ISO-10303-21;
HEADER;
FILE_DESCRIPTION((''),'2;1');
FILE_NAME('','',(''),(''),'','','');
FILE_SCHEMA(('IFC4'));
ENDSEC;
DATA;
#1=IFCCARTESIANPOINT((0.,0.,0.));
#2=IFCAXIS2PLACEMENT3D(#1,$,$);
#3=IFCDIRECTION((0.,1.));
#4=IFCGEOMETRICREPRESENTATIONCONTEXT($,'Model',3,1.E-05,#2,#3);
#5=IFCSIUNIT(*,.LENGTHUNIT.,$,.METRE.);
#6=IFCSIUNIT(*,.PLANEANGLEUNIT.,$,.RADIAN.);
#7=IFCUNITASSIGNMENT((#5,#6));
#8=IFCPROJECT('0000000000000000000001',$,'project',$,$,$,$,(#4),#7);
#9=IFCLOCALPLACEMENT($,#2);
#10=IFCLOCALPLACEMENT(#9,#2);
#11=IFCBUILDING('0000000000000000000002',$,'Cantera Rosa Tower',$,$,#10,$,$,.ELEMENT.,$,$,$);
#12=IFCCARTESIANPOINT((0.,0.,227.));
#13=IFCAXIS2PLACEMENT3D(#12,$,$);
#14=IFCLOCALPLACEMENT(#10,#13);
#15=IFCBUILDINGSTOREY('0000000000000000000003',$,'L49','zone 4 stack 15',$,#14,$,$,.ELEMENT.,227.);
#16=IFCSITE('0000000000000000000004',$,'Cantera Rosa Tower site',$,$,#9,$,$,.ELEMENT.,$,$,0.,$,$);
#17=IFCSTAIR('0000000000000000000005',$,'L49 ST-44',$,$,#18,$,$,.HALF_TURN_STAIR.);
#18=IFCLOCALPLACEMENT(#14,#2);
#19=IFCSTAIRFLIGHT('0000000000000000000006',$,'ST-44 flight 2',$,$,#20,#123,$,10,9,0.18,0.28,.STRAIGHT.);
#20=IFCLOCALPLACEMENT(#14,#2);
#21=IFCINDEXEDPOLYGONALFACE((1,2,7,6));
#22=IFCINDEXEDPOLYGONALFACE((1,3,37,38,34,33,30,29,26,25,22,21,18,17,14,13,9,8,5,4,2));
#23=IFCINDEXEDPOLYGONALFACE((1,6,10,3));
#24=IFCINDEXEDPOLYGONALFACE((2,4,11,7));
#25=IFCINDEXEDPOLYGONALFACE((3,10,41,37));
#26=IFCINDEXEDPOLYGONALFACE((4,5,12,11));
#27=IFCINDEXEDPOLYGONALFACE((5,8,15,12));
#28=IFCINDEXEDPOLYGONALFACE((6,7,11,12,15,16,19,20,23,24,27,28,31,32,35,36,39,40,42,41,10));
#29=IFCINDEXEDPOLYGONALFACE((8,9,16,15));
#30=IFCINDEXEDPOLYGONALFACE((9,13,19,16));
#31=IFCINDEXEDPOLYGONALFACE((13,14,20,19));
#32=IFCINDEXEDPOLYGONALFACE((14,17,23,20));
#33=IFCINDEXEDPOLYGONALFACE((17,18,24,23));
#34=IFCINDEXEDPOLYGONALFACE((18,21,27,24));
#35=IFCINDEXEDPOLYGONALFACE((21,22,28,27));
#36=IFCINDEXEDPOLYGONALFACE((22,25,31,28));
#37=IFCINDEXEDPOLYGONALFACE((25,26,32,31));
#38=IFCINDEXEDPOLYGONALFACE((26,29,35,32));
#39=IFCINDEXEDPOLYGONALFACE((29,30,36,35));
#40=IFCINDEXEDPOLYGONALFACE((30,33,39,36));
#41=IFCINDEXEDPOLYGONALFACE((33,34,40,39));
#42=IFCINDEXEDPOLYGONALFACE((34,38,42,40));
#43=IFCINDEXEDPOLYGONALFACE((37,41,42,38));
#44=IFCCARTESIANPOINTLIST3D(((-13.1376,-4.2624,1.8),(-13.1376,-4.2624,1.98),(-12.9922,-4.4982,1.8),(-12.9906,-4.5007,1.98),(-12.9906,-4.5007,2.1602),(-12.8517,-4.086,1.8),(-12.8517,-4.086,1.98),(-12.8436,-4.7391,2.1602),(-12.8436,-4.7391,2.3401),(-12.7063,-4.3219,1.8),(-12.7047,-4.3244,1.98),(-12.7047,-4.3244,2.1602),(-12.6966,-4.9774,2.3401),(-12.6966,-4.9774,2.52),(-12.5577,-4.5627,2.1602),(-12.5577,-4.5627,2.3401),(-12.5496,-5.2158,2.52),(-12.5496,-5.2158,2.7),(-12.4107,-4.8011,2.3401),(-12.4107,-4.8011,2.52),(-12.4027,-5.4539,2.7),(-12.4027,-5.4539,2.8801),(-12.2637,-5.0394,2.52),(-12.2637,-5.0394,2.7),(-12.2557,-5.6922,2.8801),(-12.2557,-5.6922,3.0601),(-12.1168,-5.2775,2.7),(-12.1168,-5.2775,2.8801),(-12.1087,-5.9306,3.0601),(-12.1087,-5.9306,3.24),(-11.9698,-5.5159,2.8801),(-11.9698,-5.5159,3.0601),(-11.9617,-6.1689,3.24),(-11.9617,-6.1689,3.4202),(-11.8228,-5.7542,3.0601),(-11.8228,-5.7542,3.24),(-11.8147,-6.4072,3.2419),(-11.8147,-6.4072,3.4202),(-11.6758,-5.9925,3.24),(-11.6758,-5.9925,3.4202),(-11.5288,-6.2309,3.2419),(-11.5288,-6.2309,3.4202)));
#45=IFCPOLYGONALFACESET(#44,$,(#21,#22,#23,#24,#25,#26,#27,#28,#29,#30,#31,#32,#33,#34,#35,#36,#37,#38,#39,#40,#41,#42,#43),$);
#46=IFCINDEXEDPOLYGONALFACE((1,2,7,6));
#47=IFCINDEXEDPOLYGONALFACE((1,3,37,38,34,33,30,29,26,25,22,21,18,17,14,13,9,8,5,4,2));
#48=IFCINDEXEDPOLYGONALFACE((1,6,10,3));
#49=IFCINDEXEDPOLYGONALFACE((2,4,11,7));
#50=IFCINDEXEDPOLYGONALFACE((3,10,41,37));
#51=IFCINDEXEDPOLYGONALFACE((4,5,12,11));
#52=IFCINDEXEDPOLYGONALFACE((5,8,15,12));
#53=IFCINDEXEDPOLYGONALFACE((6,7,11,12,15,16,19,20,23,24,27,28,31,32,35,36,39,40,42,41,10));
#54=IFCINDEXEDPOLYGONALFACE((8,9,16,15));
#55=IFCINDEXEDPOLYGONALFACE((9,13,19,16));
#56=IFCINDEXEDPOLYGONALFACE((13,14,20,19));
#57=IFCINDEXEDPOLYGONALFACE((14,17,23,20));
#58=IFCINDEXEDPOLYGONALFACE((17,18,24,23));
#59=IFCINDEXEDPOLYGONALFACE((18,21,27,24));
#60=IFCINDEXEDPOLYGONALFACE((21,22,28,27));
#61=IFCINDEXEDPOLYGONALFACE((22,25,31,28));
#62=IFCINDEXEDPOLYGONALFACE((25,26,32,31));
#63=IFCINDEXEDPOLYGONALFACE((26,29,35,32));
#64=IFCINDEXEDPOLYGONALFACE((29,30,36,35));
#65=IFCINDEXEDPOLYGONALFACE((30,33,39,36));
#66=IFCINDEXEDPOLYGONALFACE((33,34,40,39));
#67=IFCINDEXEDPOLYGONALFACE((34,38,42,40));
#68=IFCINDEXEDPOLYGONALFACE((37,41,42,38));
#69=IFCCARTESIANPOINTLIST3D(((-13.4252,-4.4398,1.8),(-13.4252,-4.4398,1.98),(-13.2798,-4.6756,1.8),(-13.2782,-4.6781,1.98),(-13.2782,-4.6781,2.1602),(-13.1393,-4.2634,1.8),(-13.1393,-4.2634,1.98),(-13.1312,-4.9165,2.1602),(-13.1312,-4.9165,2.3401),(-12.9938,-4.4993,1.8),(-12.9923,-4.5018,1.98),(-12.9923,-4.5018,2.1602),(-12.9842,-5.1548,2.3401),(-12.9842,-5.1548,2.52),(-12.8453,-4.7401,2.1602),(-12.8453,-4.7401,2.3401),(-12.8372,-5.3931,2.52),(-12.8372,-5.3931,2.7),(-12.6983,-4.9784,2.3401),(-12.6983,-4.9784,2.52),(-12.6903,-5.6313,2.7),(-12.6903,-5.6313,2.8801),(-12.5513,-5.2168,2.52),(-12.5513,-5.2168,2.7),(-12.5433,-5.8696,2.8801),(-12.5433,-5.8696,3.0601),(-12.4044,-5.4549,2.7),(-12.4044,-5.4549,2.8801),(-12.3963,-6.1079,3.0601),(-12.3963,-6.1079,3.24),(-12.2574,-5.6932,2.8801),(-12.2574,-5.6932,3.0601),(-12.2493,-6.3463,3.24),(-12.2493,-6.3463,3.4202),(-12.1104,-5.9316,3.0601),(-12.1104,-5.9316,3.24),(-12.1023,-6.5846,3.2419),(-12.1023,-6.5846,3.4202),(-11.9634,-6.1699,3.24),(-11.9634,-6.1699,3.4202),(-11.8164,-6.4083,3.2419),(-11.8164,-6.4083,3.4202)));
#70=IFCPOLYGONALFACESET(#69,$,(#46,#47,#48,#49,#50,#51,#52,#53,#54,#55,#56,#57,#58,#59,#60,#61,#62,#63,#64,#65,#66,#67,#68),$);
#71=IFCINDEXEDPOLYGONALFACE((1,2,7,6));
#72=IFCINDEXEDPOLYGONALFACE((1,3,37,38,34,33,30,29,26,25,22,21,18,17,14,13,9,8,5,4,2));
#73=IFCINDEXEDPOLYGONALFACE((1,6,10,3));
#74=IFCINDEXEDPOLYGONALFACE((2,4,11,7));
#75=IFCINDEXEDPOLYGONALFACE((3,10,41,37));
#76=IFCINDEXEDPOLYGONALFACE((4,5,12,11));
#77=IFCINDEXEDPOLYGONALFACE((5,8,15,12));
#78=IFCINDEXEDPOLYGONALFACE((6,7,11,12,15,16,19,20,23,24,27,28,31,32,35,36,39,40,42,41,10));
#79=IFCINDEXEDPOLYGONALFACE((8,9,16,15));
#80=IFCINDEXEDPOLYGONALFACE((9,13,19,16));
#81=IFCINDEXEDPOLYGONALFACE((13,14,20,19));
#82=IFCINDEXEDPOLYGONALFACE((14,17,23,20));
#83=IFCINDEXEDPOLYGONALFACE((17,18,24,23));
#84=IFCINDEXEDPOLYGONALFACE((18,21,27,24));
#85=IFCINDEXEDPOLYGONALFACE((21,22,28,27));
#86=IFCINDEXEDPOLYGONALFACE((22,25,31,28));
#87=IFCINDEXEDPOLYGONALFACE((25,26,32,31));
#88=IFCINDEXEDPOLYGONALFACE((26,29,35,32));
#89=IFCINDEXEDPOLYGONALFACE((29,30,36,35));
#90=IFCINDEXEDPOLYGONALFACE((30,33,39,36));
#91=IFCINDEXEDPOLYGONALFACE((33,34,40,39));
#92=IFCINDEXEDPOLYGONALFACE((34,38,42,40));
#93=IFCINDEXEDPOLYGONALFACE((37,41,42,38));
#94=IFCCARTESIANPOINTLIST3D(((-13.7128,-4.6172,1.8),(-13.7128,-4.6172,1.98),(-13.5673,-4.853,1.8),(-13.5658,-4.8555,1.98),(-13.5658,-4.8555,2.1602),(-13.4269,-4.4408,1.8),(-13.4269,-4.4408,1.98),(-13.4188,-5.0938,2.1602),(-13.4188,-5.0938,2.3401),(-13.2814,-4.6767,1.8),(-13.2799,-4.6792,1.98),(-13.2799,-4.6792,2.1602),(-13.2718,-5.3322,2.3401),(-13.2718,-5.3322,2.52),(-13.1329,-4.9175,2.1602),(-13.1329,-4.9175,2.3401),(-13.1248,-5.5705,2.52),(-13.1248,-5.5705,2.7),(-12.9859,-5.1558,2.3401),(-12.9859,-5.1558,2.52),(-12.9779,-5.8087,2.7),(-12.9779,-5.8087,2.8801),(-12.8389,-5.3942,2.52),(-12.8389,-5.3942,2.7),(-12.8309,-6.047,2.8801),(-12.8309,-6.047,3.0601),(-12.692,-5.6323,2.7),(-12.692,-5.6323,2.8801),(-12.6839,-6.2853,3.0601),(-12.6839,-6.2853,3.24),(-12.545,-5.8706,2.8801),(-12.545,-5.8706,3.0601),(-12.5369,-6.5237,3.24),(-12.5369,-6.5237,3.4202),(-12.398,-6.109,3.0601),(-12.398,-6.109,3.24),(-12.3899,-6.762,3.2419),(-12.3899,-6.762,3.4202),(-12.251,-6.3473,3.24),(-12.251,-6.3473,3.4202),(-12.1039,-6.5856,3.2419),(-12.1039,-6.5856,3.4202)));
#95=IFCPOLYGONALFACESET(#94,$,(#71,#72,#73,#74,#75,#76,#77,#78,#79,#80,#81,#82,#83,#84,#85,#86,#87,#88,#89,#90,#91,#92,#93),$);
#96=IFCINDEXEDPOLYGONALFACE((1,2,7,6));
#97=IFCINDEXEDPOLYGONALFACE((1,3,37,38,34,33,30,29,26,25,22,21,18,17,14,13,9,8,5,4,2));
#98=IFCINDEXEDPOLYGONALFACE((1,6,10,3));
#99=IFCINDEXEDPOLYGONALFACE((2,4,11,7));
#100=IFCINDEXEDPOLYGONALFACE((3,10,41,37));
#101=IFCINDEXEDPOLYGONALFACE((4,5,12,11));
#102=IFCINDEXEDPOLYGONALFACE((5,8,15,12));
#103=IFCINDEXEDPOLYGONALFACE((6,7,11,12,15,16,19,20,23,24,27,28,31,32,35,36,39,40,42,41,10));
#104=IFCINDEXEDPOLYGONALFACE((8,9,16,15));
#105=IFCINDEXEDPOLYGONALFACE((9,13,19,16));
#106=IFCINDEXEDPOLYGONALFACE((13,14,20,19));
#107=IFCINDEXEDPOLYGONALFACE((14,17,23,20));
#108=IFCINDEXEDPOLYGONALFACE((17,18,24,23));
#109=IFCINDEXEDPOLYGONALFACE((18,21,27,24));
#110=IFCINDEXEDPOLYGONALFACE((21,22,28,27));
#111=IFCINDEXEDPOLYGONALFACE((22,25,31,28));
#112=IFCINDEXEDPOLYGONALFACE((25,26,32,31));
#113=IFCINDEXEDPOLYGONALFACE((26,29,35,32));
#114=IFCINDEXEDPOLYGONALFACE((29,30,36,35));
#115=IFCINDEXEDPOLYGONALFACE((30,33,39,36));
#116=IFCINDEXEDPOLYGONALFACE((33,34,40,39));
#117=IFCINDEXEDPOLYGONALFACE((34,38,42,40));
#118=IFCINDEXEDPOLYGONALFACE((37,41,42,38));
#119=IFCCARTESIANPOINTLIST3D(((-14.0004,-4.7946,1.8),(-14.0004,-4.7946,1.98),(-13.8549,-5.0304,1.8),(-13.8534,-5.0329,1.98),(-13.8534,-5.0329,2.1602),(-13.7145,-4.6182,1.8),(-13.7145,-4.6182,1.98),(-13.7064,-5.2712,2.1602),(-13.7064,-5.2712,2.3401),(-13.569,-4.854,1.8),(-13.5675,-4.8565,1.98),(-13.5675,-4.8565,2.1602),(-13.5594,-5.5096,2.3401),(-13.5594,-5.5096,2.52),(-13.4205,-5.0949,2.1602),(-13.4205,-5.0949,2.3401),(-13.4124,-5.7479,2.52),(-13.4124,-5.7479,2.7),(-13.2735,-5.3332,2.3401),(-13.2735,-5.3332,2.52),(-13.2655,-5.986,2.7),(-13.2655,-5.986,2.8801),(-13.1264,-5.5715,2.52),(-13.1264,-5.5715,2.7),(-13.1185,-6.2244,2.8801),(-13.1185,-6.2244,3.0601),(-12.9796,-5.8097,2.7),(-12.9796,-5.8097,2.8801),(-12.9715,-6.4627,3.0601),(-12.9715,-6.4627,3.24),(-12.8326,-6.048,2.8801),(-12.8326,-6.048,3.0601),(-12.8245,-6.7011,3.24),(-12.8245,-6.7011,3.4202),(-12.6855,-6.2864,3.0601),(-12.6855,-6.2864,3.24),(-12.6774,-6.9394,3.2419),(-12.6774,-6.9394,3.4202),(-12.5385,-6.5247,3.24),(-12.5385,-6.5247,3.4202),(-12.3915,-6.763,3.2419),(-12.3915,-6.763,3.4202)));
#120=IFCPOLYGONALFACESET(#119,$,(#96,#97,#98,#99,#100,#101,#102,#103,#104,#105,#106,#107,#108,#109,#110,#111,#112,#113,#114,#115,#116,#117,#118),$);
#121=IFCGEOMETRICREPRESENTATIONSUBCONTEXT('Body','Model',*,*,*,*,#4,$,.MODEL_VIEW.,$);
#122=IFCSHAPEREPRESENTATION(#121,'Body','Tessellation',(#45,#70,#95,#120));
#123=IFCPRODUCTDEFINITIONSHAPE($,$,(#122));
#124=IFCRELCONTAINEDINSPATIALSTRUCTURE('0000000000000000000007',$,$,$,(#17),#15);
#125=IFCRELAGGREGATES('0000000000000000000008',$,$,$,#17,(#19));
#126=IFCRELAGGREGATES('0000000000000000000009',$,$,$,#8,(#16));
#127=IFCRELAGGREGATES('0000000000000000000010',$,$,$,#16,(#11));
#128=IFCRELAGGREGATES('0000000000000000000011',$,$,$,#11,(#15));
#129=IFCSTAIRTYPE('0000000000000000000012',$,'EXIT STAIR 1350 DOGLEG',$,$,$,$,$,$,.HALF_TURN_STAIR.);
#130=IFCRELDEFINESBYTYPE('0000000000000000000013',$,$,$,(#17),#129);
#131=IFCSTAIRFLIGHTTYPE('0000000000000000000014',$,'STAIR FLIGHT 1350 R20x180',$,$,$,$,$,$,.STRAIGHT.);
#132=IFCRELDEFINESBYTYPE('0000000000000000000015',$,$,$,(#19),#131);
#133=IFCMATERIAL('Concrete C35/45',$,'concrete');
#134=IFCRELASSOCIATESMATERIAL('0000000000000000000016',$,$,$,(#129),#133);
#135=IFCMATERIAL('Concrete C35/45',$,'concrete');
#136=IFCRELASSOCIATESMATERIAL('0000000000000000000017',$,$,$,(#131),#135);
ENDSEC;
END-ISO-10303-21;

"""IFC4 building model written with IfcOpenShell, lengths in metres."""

from ifc_helpers import new_model, si_unit, direction, frame, origin, place, context, subcontext, project, spatial, polyline, outline, extrude, material, type_object, element, aggregate, save


model = new_model("IFC4")

# Units and contexts
model_context = context("Model", 3, precision=1e-05, world=origin(), true_north=direction((0.0, 1.0)))
body_context = subcontext(model_context, "Body", "Model", "MODEL_VIEW")
ifc_project = project(units=[si_unit("LENGTHUNIT", "METRE"), si_unit("PLANEANGLEUNIT", "RADIAN")], contexts=[model_context])

# Site, building, storey
site_placement = place(None, origin())
site = spatial("IfcSite", under=ifc_project, at=site_placement, Name="Cantera Rosa Tower site", CompositionType="ELEMENT", RefElevation=0.0)
building_placement = place(site_placement, origin())
building = spatial("IfcBuilding", under=site, at=building_placement, Name="Cantera Rosa Tower", CompositionType="ELEMENT")
storey_placement = place(building_placement, frame((0.0, 0.0, 227.0)))
storey = spatial("IfcBuildingStorey", under=building, at=storey_placement, Name="L49", Description="zone 4 stack 15", CompositionType="ELEMENT", Elevation=227.0)

# Stair, stair flight
ifc_material_1 = material(Name="Concrete C35/45", Category="concrete")
stair_type = type_object("IfcStairType", Name="EXIT STAIR 1350 DOGLEG", PredefinedType="HALF_TURN_STAIR", material=ifc_material_1)
stair_placement = place(storey_placement, origin())
stair = element("IfcStair", 1, at=stair_placement, inside=storey, type_object=stair_type, Name="L49 ST-44", PredefinedType="HALF_TURN_STAIR")
ifc_material_2 = material(Name="Concrete C35/45", Category="concrete")
stair_flight_type = type_object("IfcStairFlightType", Name="STAIR FLIGHT 1350 R20x180", PredefinedType="STRAIGHT", material=ifc_material_2)
stair_flight_1_placement = place(storey_placement, frame((-13.4263, -4.4404, 1.8), z_axis=(0.0, 0.0, 1.0), x_axis=(0.524977, -0.851117, 0.0)))
stair_flight_1 = element("IfcStairFlight", 2, at=stair_flight_1_placement, type_object=stair_flight_type, Name="ST-44 flight 2", NumberOfRisers=10, NumberOfTreads=9, PredefinedType="STRAIGHT", RiserHeight=0.18, TreadLength=0.28, context=body_context, shape_type="SweptSolid", body=[
    extrude(outline(polyline([(0.0, 0.0), (0.0, 0.1799), (0.28, 0.1799), (0.28, 0.3601), (0.5601, 0.3601), (0.5601, 0.54), (0.8401, 0.54), (0.8401, 0.72), (1.1201, 0.72), (1.1201, 0.8999), (1.3999, 0.8999), (1.3999, 1.0801), (1.6799, 1.0801), (1.6799, 1.26), (1.96, 1.26), (1.96, 1.4399), (2.24, 1.4399), (2.24, 1.6201), (2.52, 1.6201), (2.52, 1.8), (2.52, 1.4419), (0.2771, 0.0), (0.0, 0.0)])), frame((0.0, 0.675, 0.0), z_axis=(0.0, -1.0, 0.0), x_axis=(1.0, 0.0, 0.0)), (0.0, 0.0, 1.0), 0.3359),
    extrude(outline(polyline([(0.0, 0.0), (0.0, 0.1799), (0.28, 0.1799), (0.28, 0.3601), (0.5601, 0.3601), (0.5601, 0.54), (0.8401, 0.54), (0.8401, 0.72), (1.1201, 0.72), (1.1201, 0.8999), (1.3999, 0.8999), (1.3999, 1.0801), (1.6799, 1.0801), (1.6799, 1.26), (1.96, 1.26), (1.96, 1.4399), (2.24, 1.4399), (2.24, 1.6201), (2.52, 1.6201), (2.52, 1.8), (2.52, 1.4419), (0.2771, 0.0), (0.0, 0.0)])), frame((0.0, 0.3372, 0.0), z_axis=(0.0, -1.0, 0.0), x_axis=(1.0, 0.0, 0.0)), (0.0, 0.0, 1.0), 0.3359),
    extrude(outline(polyline([(0.0, 0.0), (0.0, 0.1799), (0.28, 0.1799), (0.28, 0.3601), (0.5601, 0.3601), (0.5601, 0.54), (0.8401, 0.54), (0.8401, 0.72), (1.1201, 0.72), (1.1201, 0.8999), (1.3999, 0.8999), (1.3999, 1.0801), (1.6799, 1.0801), (1.6799, 1.26), (1.96, 1.26), (1.96, 1.4399), (2.24, 1.4399), (2.24, 1.6201), (2.52, 1.6201), (2.52, 1.8), (2.52, 1.4419), (0.2771, 0.0), (0.0, 0.0)])), frame((0.0, -0.0007, 0.0), z_axis=(0.0, -1.0, 0.0), x_axis=(1.0, 0.0, 0.0)), (0.0, 0.0, 1.0), 0.3359),
    extrude(outline(polyline([(0.0, 0.0), (0.0, 0.1799), (0.28, 0.1799), (0.28, 0.3601), (0.5601, 0.3601), (0.5601, 0.54), (0.8401, 0.54), (0.8401, 0.72), (1.1201, 0.72), (1.1201, 0.8999), (1.3999, 0.8999), (1.3999, 1.0801), (1.6799, 1.0801), (1.6799, 1.26), (1.96, 1.26), (1.96, 1.4399), (2.24, 1.4399), (2.24, 1.6201), (2.52, 1.6201), (2.52, 1.8), (2.52, 1.4419), (0.2771, 0.0), (0.0, 0.0)])), frame((0.0, -0.3386, 0.0), z_axis=(0.0, -1.0, 0.0), x_axis=(1.0, 0.0, 0.0)), (0.0, 0.0, 1.0), 0.3359),
])
aggregate(stair, [stair_flight_1])

save(model, "model.ifc")
